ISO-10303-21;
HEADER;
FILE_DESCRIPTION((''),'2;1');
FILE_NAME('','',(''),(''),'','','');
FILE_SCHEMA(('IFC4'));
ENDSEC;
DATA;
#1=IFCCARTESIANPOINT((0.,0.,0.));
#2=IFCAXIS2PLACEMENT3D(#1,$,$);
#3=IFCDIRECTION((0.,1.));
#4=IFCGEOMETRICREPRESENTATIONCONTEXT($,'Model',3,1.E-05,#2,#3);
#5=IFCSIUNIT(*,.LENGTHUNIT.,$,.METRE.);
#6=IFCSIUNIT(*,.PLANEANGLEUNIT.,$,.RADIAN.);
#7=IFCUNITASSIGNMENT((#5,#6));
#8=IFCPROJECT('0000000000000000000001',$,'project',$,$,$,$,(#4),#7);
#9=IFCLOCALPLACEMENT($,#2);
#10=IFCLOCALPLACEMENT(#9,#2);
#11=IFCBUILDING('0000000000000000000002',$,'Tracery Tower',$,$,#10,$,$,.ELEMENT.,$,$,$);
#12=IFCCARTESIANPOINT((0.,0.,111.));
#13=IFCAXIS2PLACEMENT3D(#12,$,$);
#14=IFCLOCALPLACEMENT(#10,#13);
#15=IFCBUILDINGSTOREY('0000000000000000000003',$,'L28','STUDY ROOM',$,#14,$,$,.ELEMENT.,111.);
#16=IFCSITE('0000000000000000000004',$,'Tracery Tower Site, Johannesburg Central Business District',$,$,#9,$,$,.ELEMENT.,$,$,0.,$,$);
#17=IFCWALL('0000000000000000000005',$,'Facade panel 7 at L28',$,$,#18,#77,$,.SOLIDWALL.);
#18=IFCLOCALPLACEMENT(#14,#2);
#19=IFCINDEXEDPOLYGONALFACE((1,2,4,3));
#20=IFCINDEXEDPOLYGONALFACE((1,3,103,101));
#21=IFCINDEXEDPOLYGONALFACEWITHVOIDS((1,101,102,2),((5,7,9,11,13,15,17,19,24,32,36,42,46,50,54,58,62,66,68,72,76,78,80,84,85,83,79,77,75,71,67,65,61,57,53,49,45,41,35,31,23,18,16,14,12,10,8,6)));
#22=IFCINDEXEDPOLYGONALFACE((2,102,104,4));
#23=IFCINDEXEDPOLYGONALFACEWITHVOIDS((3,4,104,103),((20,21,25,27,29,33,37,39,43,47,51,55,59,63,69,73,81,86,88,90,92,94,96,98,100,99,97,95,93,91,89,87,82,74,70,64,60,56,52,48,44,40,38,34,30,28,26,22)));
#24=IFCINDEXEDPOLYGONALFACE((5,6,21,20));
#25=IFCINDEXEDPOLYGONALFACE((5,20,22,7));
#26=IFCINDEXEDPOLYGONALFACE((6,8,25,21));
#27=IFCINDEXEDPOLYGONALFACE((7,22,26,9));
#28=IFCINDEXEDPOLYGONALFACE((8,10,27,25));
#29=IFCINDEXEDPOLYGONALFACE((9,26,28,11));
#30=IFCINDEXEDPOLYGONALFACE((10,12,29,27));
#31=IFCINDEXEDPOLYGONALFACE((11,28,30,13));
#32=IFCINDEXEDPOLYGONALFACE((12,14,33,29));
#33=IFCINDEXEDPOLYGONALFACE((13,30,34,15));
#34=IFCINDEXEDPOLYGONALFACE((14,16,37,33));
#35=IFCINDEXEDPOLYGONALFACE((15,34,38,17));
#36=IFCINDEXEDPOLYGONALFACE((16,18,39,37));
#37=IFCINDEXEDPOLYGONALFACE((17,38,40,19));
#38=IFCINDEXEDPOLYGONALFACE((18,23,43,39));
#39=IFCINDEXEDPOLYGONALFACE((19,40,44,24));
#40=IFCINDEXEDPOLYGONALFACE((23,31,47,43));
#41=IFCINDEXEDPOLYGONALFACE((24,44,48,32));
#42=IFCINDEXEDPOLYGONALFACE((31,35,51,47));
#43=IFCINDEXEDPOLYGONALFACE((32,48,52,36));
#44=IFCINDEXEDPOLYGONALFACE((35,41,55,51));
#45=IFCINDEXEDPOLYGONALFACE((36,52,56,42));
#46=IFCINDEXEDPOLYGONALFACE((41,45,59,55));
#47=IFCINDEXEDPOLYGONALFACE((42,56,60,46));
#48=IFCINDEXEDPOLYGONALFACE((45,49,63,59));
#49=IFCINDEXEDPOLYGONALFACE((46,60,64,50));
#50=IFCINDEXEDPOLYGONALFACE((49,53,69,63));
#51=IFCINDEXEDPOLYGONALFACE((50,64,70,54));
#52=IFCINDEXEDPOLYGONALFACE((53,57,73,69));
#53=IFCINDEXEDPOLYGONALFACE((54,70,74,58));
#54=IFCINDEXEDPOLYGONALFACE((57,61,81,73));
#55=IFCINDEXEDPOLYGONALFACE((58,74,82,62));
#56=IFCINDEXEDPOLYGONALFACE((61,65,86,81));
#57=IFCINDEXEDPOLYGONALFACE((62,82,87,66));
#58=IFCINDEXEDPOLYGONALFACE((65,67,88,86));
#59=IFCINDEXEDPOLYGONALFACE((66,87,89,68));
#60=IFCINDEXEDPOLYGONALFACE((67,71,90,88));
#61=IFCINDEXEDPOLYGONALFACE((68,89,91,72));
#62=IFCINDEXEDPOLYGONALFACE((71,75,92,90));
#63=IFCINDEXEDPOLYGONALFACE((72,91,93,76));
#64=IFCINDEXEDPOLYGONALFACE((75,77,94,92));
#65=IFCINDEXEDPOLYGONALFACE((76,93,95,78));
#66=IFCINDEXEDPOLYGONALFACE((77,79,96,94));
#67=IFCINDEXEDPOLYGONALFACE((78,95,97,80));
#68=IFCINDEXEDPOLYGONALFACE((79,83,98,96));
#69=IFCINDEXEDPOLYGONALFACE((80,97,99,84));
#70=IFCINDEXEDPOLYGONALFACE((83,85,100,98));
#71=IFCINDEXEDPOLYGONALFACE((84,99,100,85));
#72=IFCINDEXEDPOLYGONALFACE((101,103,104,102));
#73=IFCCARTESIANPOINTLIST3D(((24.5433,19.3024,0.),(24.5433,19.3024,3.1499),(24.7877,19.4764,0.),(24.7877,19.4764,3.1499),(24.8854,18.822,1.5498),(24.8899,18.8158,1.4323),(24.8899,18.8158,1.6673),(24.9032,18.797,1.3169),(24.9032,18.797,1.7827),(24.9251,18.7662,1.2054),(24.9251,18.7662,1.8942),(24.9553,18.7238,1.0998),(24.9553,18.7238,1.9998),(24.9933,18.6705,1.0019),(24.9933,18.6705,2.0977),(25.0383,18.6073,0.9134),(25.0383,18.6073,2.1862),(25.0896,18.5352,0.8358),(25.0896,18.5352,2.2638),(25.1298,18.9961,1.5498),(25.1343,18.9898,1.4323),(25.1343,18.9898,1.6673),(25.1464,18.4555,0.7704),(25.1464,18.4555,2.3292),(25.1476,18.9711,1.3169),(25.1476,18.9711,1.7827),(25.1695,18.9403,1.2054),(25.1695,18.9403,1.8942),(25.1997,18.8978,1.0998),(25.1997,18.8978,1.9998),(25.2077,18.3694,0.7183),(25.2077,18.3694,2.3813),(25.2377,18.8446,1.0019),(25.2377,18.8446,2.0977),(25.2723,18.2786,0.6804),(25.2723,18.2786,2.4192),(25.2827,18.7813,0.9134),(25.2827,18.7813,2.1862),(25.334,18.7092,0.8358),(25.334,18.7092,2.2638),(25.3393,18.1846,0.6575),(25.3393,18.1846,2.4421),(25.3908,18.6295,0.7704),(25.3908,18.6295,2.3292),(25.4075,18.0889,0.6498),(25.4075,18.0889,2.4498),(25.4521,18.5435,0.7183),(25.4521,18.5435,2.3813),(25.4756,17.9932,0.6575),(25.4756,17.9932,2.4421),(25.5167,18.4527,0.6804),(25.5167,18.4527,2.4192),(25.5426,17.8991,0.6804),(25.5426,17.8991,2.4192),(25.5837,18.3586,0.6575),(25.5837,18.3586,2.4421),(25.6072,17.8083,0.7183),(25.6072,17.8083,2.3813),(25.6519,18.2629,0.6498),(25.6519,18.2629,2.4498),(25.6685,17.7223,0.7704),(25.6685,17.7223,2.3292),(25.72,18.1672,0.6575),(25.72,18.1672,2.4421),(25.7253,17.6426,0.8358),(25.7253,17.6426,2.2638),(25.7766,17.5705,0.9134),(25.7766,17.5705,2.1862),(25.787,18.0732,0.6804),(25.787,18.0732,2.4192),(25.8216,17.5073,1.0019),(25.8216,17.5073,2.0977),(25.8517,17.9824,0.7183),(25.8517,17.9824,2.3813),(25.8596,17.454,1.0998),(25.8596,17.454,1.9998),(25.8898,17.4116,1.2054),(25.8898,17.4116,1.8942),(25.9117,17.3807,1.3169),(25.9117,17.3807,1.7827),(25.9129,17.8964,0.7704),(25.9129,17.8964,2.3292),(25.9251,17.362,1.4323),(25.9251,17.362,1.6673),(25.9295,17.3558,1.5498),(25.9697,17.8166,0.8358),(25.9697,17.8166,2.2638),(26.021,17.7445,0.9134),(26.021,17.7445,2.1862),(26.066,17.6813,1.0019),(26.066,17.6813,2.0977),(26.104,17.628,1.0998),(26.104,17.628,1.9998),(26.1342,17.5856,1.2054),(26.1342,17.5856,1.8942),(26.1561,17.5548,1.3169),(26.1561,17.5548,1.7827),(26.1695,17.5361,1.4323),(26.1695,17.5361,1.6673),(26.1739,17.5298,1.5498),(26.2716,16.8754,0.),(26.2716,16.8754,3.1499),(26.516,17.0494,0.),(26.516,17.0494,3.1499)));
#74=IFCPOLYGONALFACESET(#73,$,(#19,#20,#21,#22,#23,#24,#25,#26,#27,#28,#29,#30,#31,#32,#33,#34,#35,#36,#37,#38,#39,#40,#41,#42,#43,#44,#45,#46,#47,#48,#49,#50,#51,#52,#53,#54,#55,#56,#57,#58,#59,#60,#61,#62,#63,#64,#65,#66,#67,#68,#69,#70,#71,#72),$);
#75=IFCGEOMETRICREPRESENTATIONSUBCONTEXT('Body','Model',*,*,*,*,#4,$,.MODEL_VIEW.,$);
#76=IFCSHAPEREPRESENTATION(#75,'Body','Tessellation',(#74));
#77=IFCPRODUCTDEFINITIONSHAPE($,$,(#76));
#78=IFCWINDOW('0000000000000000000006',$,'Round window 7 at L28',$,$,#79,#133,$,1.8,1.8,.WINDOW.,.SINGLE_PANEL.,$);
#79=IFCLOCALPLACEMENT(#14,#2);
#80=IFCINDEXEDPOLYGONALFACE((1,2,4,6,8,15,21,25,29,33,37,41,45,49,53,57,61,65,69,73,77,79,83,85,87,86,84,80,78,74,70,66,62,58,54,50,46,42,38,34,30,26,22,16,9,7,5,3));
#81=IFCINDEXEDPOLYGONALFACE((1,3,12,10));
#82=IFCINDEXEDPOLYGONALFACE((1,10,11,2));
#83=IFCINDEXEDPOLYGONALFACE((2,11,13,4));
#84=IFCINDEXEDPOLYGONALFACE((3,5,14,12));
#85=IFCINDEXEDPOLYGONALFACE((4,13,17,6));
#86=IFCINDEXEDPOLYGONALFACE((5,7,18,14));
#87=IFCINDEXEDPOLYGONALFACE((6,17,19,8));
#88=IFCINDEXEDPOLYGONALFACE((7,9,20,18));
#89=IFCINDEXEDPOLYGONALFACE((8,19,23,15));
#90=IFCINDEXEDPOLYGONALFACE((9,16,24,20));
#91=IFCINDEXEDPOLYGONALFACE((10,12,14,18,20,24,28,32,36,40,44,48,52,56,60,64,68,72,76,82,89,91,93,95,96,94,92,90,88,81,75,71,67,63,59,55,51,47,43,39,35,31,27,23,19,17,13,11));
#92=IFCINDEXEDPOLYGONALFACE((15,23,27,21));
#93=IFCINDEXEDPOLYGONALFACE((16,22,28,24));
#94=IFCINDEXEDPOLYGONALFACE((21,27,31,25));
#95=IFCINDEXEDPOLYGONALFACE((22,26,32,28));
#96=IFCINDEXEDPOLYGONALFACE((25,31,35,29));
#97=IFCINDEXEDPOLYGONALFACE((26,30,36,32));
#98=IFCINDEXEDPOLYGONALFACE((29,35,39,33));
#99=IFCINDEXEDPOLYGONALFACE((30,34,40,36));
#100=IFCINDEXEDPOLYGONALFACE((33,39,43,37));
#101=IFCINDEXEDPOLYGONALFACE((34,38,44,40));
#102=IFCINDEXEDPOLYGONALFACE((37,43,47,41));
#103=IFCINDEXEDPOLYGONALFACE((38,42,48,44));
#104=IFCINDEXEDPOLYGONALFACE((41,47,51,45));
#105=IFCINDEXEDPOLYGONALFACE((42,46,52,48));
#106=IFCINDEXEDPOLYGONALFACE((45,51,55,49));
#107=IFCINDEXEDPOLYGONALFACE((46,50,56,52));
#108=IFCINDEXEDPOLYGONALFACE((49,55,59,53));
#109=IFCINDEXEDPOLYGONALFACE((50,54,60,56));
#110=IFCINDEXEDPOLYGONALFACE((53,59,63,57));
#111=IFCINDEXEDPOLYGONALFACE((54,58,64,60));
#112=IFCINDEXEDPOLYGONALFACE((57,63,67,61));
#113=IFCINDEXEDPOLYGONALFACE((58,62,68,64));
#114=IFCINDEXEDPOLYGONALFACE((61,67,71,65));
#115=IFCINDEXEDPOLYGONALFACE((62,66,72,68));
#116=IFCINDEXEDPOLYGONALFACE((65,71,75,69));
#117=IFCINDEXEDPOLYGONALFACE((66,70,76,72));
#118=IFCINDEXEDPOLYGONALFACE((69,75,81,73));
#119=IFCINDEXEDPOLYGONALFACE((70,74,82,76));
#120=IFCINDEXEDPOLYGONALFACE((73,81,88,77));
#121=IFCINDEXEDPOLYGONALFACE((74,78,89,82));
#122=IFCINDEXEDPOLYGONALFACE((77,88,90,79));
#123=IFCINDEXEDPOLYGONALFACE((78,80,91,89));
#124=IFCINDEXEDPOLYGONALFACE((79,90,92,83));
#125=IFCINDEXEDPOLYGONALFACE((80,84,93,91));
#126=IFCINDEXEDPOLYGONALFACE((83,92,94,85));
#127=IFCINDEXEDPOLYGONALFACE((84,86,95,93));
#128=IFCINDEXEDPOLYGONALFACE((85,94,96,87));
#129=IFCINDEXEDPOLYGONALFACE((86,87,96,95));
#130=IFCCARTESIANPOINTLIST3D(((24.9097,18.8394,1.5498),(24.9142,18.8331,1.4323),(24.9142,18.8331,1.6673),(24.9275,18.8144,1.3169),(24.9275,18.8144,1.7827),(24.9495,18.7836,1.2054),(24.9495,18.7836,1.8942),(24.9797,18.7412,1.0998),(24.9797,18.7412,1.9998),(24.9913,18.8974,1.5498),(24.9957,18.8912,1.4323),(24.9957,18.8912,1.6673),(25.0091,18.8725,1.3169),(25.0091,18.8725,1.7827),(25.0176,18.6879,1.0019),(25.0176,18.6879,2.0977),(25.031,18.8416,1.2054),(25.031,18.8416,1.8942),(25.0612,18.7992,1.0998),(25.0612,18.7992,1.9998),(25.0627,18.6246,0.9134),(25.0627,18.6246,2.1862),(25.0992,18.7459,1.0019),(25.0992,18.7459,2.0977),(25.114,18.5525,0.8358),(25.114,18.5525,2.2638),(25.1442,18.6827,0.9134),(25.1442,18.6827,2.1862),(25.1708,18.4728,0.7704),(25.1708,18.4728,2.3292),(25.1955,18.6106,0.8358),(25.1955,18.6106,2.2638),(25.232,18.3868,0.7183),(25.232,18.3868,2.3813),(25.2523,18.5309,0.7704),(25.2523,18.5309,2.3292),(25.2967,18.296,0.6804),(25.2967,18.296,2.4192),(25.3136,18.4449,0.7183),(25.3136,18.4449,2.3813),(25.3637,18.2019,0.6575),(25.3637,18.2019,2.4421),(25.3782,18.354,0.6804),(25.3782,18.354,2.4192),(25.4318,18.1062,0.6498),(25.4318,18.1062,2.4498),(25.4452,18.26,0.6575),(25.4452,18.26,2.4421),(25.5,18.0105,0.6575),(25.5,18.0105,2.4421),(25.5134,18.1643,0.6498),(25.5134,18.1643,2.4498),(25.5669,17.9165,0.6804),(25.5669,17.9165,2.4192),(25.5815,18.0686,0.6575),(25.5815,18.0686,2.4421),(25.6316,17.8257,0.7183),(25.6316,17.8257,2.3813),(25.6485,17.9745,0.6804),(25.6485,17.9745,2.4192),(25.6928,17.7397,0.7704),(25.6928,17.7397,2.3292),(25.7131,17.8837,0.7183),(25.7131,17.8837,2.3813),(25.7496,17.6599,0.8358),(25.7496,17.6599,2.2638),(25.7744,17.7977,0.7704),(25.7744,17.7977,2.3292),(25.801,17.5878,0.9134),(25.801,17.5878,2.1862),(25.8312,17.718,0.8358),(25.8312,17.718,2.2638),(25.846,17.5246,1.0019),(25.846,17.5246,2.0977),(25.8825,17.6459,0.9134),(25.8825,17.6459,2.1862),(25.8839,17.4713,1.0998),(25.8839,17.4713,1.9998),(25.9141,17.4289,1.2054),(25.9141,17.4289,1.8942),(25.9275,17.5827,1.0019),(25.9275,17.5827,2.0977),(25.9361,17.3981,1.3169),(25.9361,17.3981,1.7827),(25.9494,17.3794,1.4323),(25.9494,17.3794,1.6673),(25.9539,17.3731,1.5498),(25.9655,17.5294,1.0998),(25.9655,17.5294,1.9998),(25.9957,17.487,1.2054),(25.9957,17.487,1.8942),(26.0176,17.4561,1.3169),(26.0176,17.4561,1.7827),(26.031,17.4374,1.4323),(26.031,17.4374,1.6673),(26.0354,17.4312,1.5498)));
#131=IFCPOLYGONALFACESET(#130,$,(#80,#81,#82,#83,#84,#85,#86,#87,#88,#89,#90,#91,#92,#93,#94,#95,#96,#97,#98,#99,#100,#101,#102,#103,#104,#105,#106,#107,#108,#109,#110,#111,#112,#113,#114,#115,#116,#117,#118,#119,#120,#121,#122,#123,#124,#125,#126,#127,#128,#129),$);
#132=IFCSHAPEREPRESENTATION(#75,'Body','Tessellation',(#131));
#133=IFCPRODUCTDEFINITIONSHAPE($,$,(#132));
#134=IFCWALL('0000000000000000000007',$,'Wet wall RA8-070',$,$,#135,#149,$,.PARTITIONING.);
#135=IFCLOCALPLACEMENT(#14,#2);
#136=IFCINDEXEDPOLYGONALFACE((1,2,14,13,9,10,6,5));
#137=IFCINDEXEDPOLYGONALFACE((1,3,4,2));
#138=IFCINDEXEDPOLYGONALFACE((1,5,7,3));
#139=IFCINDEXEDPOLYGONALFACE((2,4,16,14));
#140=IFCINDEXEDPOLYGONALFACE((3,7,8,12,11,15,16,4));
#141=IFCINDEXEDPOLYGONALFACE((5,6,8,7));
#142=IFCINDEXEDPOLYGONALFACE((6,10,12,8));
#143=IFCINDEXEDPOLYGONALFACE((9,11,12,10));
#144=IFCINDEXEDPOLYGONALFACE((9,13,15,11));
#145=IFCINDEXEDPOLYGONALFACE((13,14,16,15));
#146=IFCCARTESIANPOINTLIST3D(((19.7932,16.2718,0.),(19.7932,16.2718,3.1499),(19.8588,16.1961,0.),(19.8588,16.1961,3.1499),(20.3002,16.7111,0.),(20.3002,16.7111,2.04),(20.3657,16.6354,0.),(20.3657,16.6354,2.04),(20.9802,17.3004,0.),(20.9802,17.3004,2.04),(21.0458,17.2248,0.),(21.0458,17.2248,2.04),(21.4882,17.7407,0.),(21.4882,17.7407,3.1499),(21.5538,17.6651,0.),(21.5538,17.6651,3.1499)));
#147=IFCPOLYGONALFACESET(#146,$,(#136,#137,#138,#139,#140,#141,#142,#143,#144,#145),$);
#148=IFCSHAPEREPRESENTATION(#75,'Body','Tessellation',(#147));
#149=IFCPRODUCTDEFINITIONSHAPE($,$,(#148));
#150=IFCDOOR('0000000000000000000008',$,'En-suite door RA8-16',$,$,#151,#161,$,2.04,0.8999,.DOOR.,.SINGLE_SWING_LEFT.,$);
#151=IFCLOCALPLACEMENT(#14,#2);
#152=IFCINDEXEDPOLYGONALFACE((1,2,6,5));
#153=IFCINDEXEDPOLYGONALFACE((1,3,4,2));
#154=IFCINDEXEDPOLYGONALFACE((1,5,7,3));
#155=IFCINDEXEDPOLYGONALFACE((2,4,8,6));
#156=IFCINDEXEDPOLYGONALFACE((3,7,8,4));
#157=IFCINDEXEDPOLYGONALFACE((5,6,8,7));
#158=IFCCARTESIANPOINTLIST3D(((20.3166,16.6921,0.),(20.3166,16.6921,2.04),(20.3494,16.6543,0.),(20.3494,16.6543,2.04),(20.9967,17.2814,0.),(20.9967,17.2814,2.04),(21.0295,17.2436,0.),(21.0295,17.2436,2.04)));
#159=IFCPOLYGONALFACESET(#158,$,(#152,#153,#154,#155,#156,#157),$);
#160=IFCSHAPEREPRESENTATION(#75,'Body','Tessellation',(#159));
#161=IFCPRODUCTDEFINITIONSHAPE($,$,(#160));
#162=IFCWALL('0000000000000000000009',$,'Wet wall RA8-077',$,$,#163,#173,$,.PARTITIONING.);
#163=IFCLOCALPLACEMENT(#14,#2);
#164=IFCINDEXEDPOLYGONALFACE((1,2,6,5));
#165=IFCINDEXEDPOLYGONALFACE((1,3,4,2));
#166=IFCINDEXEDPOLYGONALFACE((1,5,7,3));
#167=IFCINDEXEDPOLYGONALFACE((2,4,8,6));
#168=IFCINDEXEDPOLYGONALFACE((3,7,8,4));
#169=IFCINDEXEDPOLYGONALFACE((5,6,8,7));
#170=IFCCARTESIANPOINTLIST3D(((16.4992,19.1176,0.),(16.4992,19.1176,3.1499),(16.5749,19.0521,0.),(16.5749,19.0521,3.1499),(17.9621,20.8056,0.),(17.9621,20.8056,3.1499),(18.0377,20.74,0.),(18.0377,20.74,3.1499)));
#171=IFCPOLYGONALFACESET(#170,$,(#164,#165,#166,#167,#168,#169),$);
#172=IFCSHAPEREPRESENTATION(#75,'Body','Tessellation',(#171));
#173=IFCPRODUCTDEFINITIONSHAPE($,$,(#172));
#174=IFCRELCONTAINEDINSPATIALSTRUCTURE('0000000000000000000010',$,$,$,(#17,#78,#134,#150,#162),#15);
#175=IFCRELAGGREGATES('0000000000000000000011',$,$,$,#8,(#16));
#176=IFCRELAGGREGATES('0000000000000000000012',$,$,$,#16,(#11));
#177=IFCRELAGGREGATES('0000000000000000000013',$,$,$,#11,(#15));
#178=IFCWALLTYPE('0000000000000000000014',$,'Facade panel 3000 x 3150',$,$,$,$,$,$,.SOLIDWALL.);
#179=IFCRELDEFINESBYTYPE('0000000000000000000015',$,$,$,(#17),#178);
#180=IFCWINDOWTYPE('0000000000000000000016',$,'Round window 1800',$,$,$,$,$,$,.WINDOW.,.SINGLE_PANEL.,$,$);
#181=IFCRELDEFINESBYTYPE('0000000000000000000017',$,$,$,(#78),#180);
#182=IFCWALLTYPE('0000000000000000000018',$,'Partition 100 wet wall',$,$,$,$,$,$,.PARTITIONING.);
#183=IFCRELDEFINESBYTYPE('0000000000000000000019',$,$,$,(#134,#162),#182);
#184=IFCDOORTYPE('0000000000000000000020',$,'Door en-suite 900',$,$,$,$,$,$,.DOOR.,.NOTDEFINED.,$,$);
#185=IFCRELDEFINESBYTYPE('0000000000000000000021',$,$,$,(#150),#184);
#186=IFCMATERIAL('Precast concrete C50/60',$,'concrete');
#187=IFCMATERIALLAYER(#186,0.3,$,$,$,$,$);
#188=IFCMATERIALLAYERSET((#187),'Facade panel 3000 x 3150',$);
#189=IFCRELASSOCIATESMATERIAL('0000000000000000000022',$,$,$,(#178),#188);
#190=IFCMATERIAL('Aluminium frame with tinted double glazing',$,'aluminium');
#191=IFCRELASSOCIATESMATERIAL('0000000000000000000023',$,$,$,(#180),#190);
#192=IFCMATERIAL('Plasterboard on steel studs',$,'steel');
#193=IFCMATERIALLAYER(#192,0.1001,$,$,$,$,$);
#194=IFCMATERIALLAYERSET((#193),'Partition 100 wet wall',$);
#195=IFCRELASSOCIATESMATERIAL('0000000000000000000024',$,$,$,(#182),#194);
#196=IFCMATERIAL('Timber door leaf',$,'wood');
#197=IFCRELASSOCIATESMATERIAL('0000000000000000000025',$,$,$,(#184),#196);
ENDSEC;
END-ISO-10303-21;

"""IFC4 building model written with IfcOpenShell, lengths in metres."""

from ifc_helpers import new_model, si_unit, direction, frame, frame_2d, origin, origin_2d, place, context, subcontext, project, spatial, rectangle, circle, extrude, material, layer, layer_set, type_object, element, fill, save


model = new_model("IFC4")

# Units and contexts
model_context = context("Model", 3, precision=1e-05, world=origin(), true_north=direction((0.0, 1.0)))
body_context = subcontext(model_context, "Body", "Model", "MODEL_VIEW")
ifc_project = project(units=[si_unit("LENGTHUNIT", "METRE"), si_unit("PLANEANGLEUNIT", "RADIAN")], contexts=[model_context])

# Site, building, storey
site_placement = place(None, origin())
site = spatial("IfcSite", under=ifc_project, at=site_placement, Name="Tracery Tower Site, Johannesburg Central Business District", CompositionType="ELEMENT", RefElevation=0.0)
building_placement = place(site_placement, origin())
building = spatial("IfcBuilding", under=site, at=building_placement, Name="Tracery Tower", CompositionType="ELEMENT")
storey_placement = place(building_placement, frame((0.0, 0.0, 111.0)))
storey = spatial("IfcBuildingStorey", under=building, at=storey_placement, Name="L28", Description="STUDY ROOM", CompositionType="ELEMENT", Elevation=111.0)

# Wall, opening, window
ifc_material_1 = material(Name="Precast concrete C50/60", Category="concrete")
ifc_layer_1 = layer(ifc_material_1, 0.3)
ifc_layer_set_1 = layer_set([ifc_layer_1], Name="Facade panel 3000 x 3150")
wall_type_1 = type_object("IfcWallType", Name="Facade panel 3000 x 3150", PredefinedType="SOLIDWALL", material=ifc_layer_set_1)
ifc_material_2 = material(Name="Aluminium frame with tinted double glazing", Category="aluminium")
window_type = type_object("IfcWindowType", Name="Round window 1800", PartitioningType="SINGLE_PANEL", PredefinedType="WINDOW", material=ifc_material_2)
wall_1_placement = place(storey_placement, frame((26.3938, 16.9624, 0.0), z_axis=(0.0, 0.0, 1.0), x_axis=(-0.580059, 0.814574, 0.0)))
wall_1 = element("IfcWall", 1, at=wall_1_placement, inside=storey, type_object=wall_type_1, Name="Facade panel 7 at L28", PredefinedType="SOLIDWALL", context=body_context, shape_type="SweptSolid", body=[
    extrude(rectangle(XDim=2.9795, YDim=0.3, at=frame_2d((1.4897, 0.0))), origin(), (0.0, 0.0, 1.0), 3.1499),
])
opening_1_placement = place(wall_1_placement, frame((1.4897, 0.0, 1.5498)))
opening_1 = element("IfcOpeningElement", 2, at=opening_1_placement, cuts=wall_1, PredefinedType="OPENING", context=body_context, shape_type="SweptSolid", body=[
    extrude(circle(Radius=0.9, at=origin_2d()), frame((0.0, 0.1599, 0.0), z_axis=(0.0, -1.0, 0.0), x_axis=(1.0, 0.0, 0.0)), (0.0, 0.0, 1.0), 0.3201),
])
window_1_placement = place(opening_1_placement, origin())
window_1 = element("IfcWindow", 3, at=window_1_placement, inside=storey, type_object=window_type, Name="Round window 7 at L28", OverallHeight=1.8, OverallWidth=1.8, PartitioningType="SINGLE_PANEL", PredefinedType="WINDOW", context=body_context, shape_type="SweptSolid", body=[
    extrude(circle(Radius=0.9, at=origin_2d()), frame((0.0, 0.1201, 0.0), z_axis=(0.0, -1.0, 0.0), x_axis=(1.0, 0.0, 0.0)), (0.0, 0.0, 1.0), 0.1001),
])
fill(opening_1, window_1)

# Wall, opening, door
ifc_material_3 = material(Name="Plasterboard on steel studs", Category="steel")
ifc_layer_2 = layer(ifc_material_3, 0.1001)
ifc_layer_set_2 = layer_set([ifc_layer_2], Name="Partition 100 wet wall")
wall_type_2 = type_object("IfcWallType", Name="Partition 100 wet wall", PredefinedType="PARTITIONING", material=ifc_layer_set_2)
wall_2_placement = place(storey_placement, frame((19.8259, 16.2339, 0.0), z_axis=(0.0, 0.0, 1.0), x_axis=(0.755703, 0.654914, 0.0)))
wall_2 = element("IfcWall", 4, at=wall_2_placement, inside=storey, type_object=wall_type_2, Name="Wet wall RA8-070", PredefinedType="PARTITIONING", context=body_context, shape_type="SweptSolid", body=[
    extrude(rectangle(XDim=2.2429, YDim=0.1001, at=frame_2d((1.1216, 0.0))), origin(), (0.0, 0.0, 1.0), 3.1499),
])
opening_2_placement = place(wall_2_placement, frame((0.6709, 0.0, 0.0)))
opening_2 = element("IfcOpeningElement", 5, at=opening_2_placement, cuts=wall_2, PredefinedType="OPENING", context=body_context, shape_type="SweptSolid", body=[
    extrude(rectangle(XDim=0.8999, YDim=2.04, at=frame_2d((0.45, 1.02))), frame((0.0, 0.05, 0.0), z_axis=(0.0, -1.0, 0.0), x_axis=(1.0, 0.0, 0.0)), (0.0, 0.0, 1.0), 0.1001),
])
ifc_material_4 = material(Name="Timber door leaf", Category="wood")
door_type_1 = type_object("IfcDoorType", Name="Door en-suite 900", OperationType="NOTDEFINED", PredefinedType="DOOR", material=ifc_material_4)
door_1_placement = place(opening_2_placement, origin())
door_1 = element("IfcDoor", 6, at=door_1_placement, inside=storey, type_object=door_type_1, Name="En-suite door RA8-16", OperationType="SINGLE_SWING_LEFT", OverallHeight=2.04, OverallWidth=0.8999, PredefinedType="DOOR", context=body_context, shape_type="SweptSolid", body=[
    extrude(rectangle(XDim=0.8999, YDim=2.04, at=frame_2d((0.45, 1.02))), frame((0.0, 0.0249, 0.0), z_axis=(0.0, -1.0, 0.0), x_axis=(1.0, 0.0, 0.0)), (0.0, 0.0, 1.0), 0.05),
])
fill(opening_2, door_1)

# Wall
wall_3_placement = place(storey_placement, frame((16.5371, 19.085, 0.0), z_axis=(0.0, 0.0, 1.0), x_axis=(0.654922, 0.755696, 0.0)))
element("IfcWall", 7, at=wall_3_placement, inside=storey, type_object=wall_type_2, Name="Wet wall RA8-077", PredefinedType="PARTITIONING", context=body_context, shape_type="SweptSolid", body=[
    extrude(rectangle(XDim=2.2336, YDim=0.1001, at=frame_2d((1.1167, 0.0))), origin(), (0.0, 0.0, 1.0), 3.1499),
])

save(model, "model.ifc")
